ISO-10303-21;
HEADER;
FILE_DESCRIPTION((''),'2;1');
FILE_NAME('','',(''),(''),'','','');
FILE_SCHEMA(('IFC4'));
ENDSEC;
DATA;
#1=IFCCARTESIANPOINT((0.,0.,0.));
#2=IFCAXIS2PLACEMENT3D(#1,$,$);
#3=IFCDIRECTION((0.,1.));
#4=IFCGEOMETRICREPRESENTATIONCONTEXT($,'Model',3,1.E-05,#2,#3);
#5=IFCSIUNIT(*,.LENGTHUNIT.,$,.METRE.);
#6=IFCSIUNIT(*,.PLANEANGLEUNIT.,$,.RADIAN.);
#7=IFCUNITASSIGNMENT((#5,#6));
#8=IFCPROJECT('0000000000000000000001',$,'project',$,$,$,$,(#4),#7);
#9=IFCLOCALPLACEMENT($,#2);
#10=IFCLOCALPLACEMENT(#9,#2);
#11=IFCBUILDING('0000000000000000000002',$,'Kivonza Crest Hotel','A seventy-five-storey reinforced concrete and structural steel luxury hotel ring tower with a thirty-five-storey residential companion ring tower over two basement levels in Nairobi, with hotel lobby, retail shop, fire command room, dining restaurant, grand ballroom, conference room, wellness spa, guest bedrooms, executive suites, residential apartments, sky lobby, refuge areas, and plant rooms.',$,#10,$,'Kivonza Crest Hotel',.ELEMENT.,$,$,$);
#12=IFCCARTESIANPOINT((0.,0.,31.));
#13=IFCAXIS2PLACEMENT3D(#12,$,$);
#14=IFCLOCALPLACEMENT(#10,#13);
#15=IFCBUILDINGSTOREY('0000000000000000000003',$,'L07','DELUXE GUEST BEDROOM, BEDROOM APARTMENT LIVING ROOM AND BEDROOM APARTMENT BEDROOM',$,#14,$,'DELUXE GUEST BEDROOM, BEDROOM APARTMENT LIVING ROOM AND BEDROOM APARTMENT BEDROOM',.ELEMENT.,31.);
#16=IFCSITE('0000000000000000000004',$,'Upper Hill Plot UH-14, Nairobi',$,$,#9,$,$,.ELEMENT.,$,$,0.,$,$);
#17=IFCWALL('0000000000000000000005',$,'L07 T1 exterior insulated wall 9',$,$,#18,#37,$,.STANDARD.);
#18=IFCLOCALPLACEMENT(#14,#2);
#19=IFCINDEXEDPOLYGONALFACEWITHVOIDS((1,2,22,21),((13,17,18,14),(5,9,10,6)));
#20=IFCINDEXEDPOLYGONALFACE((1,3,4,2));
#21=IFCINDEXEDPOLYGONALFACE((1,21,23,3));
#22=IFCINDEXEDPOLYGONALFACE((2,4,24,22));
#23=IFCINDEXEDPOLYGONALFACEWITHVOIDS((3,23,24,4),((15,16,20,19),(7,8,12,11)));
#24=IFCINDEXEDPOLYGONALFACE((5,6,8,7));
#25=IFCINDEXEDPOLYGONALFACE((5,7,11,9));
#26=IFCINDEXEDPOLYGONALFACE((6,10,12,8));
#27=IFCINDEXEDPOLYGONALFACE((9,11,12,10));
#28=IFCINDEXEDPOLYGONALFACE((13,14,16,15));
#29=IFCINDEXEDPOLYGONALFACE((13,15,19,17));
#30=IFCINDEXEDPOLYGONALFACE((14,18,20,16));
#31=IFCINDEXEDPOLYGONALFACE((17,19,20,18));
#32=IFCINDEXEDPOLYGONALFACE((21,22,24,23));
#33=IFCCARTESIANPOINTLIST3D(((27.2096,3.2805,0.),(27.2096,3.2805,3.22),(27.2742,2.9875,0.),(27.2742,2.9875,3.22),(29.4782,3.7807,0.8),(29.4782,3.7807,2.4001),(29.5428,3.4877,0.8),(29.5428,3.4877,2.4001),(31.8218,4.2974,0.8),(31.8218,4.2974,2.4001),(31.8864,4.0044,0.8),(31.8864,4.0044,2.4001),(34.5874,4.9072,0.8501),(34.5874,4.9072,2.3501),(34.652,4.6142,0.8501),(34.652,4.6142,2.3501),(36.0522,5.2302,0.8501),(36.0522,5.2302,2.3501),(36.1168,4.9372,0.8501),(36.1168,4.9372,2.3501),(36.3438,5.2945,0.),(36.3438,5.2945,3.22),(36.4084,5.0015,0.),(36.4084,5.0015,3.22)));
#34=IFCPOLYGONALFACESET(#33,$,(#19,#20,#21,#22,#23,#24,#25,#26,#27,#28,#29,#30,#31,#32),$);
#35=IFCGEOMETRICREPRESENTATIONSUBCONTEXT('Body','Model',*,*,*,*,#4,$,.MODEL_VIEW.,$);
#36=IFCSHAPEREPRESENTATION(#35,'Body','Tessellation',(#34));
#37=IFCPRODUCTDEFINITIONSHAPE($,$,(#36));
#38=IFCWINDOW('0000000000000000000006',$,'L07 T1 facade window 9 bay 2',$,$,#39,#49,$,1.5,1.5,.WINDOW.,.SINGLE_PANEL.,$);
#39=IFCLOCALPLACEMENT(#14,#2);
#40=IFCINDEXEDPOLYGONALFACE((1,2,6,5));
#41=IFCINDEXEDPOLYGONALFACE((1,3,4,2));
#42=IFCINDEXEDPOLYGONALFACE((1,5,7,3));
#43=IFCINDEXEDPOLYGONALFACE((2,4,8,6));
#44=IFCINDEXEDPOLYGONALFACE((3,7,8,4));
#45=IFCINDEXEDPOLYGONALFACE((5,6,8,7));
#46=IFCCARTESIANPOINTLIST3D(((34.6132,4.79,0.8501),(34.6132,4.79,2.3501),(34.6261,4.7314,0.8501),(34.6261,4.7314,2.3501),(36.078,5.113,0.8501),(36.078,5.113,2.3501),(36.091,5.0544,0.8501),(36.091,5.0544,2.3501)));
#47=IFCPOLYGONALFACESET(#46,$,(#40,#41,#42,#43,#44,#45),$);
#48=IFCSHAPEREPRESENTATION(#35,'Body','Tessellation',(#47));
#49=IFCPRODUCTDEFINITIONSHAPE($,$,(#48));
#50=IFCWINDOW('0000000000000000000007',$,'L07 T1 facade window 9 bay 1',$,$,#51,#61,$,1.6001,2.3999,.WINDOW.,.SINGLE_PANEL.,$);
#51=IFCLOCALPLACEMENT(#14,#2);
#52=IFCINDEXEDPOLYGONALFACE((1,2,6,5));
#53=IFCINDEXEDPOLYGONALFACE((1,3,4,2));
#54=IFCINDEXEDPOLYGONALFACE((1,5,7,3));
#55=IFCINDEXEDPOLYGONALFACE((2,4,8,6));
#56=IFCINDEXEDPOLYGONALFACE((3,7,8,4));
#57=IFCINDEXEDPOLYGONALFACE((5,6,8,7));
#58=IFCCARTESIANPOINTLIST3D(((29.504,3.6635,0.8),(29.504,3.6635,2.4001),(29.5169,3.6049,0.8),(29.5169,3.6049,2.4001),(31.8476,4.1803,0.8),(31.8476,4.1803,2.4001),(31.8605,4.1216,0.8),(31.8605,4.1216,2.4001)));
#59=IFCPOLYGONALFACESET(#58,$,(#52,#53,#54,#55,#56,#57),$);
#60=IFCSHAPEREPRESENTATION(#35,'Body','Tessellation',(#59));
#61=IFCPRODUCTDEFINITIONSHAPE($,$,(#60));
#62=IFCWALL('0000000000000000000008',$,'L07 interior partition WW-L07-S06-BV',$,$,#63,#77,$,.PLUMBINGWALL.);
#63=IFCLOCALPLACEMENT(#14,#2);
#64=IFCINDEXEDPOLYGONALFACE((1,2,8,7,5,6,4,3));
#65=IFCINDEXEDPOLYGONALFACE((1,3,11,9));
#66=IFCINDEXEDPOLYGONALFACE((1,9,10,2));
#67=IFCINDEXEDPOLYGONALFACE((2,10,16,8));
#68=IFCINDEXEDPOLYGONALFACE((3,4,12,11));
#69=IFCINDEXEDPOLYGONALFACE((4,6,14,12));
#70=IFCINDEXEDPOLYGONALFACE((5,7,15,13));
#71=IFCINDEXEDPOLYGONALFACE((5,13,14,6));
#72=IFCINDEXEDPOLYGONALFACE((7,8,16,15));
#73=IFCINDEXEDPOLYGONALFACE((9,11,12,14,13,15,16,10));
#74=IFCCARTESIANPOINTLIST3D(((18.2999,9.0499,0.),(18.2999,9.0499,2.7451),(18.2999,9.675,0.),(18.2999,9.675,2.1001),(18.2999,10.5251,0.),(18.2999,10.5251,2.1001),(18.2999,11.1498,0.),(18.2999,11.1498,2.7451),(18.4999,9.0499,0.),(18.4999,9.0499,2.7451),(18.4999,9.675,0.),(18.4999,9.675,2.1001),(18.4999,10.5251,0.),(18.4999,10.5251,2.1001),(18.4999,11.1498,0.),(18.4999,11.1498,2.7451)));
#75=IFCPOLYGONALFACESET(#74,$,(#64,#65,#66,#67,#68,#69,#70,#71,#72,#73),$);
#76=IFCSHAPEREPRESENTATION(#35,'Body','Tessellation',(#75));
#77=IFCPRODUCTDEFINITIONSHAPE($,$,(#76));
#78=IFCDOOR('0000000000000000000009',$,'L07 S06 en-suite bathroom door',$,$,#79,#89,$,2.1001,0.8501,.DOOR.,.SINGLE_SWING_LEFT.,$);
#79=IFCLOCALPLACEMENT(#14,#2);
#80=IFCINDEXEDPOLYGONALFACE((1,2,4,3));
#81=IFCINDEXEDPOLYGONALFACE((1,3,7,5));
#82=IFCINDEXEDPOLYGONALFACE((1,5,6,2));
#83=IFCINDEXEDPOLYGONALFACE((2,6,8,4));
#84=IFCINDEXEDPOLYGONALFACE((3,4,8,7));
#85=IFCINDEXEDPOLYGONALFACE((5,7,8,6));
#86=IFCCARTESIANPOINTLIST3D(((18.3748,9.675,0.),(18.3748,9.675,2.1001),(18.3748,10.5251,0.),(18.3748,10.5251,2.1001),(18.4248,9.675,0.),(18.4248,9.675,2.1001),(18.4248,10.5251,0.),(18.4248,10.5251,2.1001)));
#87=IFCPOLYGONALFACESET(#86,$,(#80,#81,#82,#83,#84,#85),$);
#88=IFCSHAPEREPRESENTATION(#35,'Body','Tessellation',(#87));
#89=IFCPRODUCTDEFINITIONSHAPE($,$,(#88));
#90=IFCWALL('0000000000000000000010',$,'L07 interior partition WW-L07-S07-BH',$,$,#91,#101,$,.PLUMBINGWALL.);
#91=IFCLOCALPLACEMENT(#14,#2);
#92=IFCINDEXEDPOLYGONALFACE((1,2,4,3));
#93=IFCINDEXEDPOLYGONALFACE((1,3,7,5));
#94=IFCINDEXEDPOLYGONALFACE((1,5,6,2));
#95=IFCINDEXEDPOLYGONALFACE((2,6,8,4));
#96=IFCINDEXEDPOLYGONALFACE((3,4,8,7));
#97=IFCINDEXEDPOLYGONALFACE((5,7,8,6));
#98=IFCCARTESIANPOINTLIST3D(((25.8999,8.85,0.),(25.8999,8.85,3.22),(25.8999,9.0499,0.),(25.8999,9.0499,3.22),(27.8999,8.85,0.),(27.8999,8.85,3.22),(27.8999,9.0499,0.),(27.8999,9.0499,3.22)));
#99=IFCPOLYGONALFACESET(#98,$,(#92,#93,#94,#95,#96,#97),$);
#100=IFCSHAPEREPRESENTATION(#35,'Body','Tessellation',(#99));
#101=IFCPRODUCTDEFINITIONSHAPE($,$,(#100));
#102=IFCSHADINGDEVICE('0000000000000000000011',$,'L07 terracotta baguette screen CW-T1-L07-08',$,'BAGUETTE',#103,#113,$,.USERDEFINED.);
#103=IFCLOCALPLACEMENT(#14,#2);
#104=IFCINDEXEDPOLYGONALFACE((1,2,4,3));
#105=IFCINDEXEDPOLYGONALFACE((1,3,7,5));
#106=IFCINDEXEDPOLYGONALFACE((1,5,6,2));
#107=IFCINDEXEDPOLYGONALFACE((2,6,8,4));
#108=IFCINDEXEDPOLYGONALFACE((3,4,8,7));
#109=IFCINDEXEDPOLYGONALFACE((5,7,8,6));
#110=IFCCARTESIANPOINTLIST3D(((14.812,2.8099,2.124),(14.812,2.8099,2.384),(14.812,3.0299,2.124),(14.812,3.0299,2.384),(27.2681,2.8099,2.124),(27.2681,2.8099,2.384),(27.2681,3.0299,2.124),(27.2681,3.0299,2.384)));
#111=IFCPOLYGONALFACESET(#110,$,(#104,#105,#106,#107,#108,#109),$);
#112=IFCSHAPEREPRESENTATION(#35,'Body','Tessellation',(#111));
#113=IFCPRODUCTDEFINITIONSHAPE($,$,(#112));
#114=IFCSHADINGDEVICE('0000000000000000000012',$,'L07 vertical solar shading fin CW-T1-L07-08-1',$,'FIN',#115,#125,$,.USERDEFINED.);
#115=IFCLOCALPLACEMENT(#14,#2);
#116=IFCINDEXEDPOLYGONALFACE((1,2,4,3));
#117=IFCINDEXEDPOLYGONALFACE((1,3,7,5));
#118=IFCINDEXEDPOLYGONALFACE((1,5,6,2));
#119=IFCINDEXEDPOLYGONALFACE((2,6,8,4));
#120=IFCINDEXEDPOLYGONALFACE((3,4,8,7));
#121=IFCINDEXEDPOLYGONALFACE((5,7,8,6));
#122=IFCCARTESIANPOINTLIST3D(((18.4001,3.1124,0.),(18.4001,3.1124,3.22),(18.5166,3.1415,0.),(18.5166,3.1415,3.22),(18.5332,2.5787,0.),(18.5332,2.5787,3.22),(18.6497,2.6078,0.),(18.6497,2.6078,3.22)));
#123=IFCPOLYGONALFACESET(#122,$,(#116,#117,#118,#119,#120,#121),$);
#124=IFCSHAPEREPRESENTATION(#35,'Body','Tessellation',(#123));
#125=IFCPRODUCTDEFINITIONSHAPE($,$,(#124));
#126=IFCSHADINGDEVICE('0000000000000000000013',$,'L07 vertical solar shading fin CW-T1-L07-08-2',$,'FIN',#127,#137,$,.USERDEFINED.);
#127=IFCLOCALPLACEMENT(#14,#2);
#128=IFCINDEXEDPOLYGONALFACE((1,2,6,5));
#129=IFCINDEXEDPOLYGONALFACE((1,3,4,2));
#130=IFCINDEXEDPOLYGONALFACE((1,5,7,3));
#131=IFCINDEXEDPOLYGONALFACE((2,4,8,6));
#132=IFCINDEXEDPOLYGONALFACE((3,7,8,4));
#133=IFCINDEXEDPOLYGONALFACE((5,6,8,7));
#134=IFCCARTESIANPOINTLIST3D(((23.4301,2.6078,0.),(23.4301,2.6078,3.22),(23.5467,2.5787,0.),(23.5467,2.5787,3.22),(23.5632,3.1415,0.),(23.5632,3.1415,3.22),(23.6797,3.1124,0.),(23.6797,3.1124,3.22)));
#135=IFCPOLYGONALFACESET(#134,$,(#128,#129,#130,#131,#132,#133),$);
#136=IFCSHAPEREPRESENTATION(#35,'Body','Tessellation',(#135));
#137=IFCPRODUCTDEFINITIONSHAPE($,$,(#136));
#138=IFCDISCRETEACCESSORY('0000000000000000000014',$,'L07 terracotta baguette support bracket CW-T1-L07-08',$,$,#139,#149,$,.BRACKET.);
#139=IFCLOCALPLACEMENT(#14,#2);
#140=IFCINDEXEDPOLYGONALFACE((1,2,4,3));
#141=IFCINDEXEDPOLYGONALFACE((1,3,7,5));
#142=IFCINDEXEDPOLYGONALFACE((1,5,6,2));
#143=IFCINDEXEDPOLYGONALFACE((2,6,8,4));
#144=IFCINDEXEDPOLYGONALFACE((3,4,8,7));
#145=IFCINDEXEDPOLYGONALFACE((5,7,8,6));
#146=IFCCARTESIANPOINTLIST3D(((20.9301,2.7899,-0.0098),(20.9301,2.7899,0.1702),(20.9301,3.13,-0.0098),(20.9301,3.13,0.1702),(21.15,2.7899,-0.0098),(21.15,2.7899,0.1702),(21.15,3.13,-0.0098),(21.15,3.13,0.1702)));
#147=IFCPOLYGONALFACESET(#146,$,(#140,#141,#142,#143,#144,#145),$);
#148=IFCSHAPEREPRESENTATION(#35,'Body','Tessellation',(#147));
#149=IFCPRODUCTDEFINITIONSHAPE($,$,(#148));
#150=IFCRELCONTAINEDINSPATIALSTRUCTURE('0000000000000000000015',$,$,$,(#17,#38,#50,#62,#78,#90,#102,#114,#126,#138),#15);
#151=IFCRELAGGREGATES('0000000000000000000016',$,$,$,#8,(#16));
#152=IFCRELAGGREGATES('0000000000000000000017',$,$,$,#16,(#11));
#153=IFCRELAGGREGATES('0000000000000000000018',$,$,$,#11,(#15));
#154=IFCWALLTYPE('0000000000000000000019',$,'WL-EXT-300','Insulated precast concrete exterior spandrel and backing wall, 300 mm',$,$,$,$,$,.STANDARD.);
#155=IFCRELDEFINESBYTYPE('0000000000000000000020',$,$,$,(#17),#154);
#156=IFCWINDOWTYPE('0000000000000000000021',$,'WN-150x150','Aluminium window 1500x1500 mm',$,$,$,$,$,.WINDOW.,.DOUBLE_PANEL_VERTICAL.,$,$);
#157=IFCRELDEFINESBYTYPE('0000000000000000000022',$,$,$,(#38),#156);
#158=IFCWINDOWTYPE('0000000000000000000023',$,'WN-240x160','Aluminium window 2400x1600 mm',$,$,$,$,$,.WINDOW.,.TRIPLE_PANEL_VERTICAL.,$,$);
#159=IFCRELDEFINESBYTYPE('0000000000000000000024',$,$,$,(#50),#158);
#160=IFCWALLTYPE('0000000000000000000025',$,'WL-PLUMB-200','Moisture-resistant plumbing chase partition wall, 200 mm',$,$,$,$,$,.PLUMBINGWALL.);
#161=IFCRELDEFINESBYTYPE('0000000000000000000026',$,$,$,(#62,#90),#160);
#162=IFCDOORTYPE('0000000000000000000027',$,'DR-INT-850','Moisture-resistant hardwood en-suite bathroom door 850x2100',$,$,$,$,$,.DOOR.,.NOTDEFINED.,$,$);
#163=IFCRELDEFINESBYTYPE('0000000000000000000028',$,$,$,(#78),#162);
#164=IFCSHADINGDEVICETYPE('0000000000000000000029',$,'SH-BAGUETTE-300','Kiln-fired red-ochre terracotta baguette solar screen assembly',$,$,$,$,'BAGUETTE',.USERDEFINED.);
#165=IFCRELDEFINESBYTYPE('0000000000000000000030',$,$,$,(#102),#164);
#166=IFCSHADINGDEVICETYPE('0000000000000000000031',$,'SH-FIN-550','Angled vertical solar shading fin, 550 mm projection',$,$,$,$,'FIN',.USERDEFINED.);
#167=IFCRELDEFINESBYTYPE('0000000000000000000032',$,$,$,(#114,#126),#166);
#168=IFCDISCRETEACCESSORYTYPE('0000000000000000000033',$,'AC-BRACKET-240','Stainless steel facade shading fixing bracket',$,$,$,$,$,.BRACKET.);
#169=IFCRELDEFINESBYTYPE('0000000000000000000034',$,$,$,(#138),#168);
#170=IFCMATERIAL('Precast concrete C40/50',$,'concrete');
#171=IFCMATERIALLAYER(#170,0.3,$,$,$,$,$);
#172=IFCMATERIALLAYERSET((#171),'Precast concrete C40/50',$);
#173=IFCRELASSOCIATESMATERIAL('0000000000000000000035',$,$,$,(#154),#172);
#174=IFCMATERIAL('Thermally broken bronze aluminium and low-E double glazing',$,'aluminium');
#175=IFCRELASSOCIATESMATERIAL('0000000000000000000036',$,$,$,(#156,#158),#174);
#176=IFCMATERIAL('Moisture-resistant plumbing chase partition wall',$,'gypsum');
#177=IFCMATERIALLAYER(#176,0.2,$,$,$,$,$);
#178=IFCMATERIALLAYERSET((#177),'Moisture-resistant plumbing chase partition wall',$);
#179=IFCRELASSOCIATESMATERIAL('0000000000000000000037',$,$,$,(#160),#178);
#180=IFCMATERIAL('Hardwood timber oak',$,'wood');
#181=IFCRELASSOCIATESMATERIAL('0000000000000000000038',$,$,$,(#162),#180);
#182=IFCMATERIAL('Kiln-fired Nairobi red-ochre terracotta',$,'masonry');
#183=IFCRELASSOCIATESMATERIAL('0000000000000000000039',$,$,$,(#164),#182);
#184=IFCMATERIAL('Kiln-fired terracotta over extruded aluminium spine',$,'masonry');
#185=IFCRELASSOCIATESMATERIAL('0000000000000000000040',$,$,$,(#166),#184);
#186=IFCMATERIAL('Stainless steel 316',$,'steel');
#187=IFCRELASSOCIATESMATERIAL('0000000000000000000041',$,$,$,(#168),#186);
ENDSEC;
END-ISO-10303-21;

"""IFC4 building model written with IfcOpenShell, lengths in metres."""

from ifc_helpers import new_model, si_unit, direction, frame, frame_2d, origin, origin_2d, place, context, subcontext, project, spatial, rectangle, extrude, material, layer, layer_set, type_object, element, fill, save


model = new_model("IFC4")

# Units and contexts
model_context = context("Model", 3, precision=1e-05, world=origin(), true_north=direction((0.0, 1.0)))
body_context = subcontext(model_context, "Body", "Model", "MODEL_VIEW")
ifc_project = project(units=[si_unit("LENGTHUNIT", "METRE"), si_unit("PLANEANGLEUNIT", "RADIAN")], contexts=[model_context])

# Site, building, storey
site_placement = place(None, origin())
site = spatial("IfcSite", under=ifc_project, at=site_placement, Name="Upper Hill Plot UH-14, Nairobi", CompositionType="ELEMENT", RefElevation=0.0)
building_placement = place(site_placement, origin())
building = spatial("IfcBuilding", under=site, at=building_placement, Name="Kivonza Crest Hotel", Description="A seventy-five-storey reinforced concrete and structural steel luxury hotel ring tower with a thirty-five-storey residential companion ring tower over two basement levels in Nairobi, with hotel lobby, retail shop, fire command room, dining restaurant, grand ballroom, conference room, wellness spa, guest bedrooms, executive suites, residential apartments, sky lobby, refuge areas, and plant rooms.", LongName="Kivonza Crest Hotel", CompositionType="ELEMENT")
storey_placement = place(building_placement, frame((0.0, 0.0, 31.0)))
storey = spatial("IfcBuildingStorey", under=building, at=storey_placement, Name="L07", Description="DELUXE GUEST BEDROOM, BEDROOM APARTMENT LIVING ROOM AND BEDROOM APARTMENT BEDROOM", LongName="DELUXE GUEST BEDROOM, BEDROOM APARTMENT LIVING ROOM AND BEDROOM APARTMENT BEDROOM", CompositionType="ELEMENT", Elevation=31.0)

# Wall, openings, windows
ifc_material_1 = material(Name="Precast concrete C40/50", Category="concrete")
ifc_layer_1 = layer(ifc_material_1, 0.3)
ifc_layer_set_1 = layer_set([ifc_layer_1], Name="Precast concrete C40/50")
wall_type_1 = type_object("IfcWallType", Name="WL-EXT-300", Description="Insulated precast concrete exterior spandrel and backing wall, 300 mm", PredefinedType="STANDARD", material=ifc_layer_set_1)
wall_1_placement = place(storey_placement, frame((27.2419, 3.134, 0.0), z_axis=(0.0, 0.0, 1.0), x_axis=(0.976545, 0.215313, 0.0)))
wall_1 = element("IfcWall", 1, at=wall_1_placement, inside=storey, type_object=wall_type_1, Name="L07 T1 exterior insulated wall 9", PredefinedType="STANDARD", context=body_context, shape_type="SweptSolid", body=[
    extrude(rectangle(XDim=9.3535, YDim=0.3, at=frame_2d((4.6768, 0.0))), origin(), (0.0, 0.0, 1.0), 3.22),
])
opening_1_placement = place(wall_1_placement, frame((2.323, 0.0, 0.8)))
opening_1 = element("IfcOpeningElement", 2, at=opening_1_placement, cuts=wall_1, PredefinedType="OPENING", context=body_context, shape_type="SweptSolid", body=[
    extrude(rectangle(XDim=2.3999, YDim=1.6001, at=frame_2d((1.2, 0.8))), frame((0.0, 0.1602, 0.0), z_axis=(0.0, -1.0, 0.0), x_axis=(1.0, 0.0, 0.0)), (0.0, 0.0, 1.0), 0.3201),
])
opening_2_placement = place(wall_1_placement, frame((7.5549, 0.0, 0.8501)))
opening_2 = element("IfcOpeningElement", 3, at=opening_2_placement, cuts=wall_1, PredefinedType="OPENING", context=body_context, shape_type="SweptSolid", body=[
    extrude(rectangle(XDim=1.5, YDim=1.5, at=frame_2d((0.75, 0.75))), frame((0.0, 0.1602, 0.0), z_axis=(0.0, -1.0, 0.0), x_axis=(1.0, 0.0, 0.0)), (0.0, 0.0, 1.0), 0.3201),
])
ifc_material_2 = material(Name="Thermally broken bronze aluminium and low-E double glazing", Category="aluminium")
window_type_1 = type_object("IfcWindowType", Name="WN-150x150", Description="Aluminium window 1500x1500 mm", PartitioningType="DOUBLE_PANEL_VERTICAL", PredefinedType="WINDOW", material=ifc_material_2)
window_1_placement = place(opening_2_placement, origin())
window_1 = element("IfcWindow", 4, at=window_1_placement, inside=storey, type_object=window_type_1, Name="L07 T1 facade window 9 bay 2", OverallHeight=1.5, OverallWidth=1.5, PartitioningType="SINGLE_PANEL", PredefinedType="WINDOW", context=body_context, shape_type="SweptSolid", body=[
    extrude(rectangle(XDim=1.5, YDim=1.5, at=frame_2d((0.75, 0.75))), frame((0.0, 0.03, 0.0), z_axis=(0.0, -1.0, 0.0), x_axis=(1.0, 0.0, 0.0)), (0.0, 0.0, 1.0), 0.0601),
])
fill(opening_2, window_1)
window_type_2 = type_object("IfcWindowType", Name="WN-240x160", Description="Aluminium window 2400x1600 mm", PartitioningType="TRIPLE_PANEL_VERTICAL", PredefinedType="WINDOW", material=ifc_material_2)
window_2_placement = place(opening_1_placement, origin())
window_2 = element("IfcWindow", 5, at=window_2_placement, inside=storey, type_object=window_type_2, Name="L07 T1 facade window 9 bay 1", OverallHeight=1.6001, OverallWidth=2.3999, PartitioningType="SINGLE_PANEL", PredefinedType="WINDOW", context=body_context, shape_type="SweptSolid", body=[
    extrude(rectangle(XDim=2.3999, YDim=1.6001, at=frame_2d((1.2, 0.8))), frame((0.0, 0.03, 0.0), z_axis=(0.0, -1.0, 0.0), x_axis=(1.0, 0.0, 0.0)), (0.0, 0.0, 1.0), 0.0601),
])
fill(opening_1, window_2)

# Wall, opening, door
ifc_material_3 = material(Name="Moisture-resistant plumbing chase partition wall", Category="gypsum")
ifc_layer_2 = layer(ifc_material_3, 0.2)
ifc_layer_set_2 = layer_set([ifc_layer_2], Name="Moisture-resistant plumbing chase partition wall")
wall_type_2 = type_object("IfcWallType", Name="WL-PLUMB-200", Description="Moisture-resistant plumbing chase partition wall, 200 mm", PredefinedType="PLUMBINGWALL", material=ifc_layer_set_2)
wall_2_placement = place(storey_placement, frame((18.3999, 9.05, 0.0), z_axis=(0.0, 0.0, 1.0), x_axis=(0.0, 1.0, 0.0)))
wall_2 = element("IfcWall", 6, at=wall_2_placement, inside=storey, type_object=wall_type_2, Name="L07 interior partition WW-L07-S06-BV", PredefinedType="PLUMBINGWALL", context=body_context, shape_type="SweptSolid", body=[
    extrude(rectangle(XDim=2.0999, YDim=0.2, at=frame_2d((1.0498, 0.0))), origin(), (0.0, 0.0, 1.0), 2.7451),
])
opening_3_placement = place(wall_2_placement, frame((0.625, 0.0, 0.0)))
opening_3 = element("IfcOpeningElement", 7, at=opening_3_placement, cuts=wall_2, PredefinedType="OPENING", context=body_context, shape_type="SweptSolid", body=[
    extrude(rectangle(XDim=0.8501, YDim=2.1001, at=frame_2d((0.425, 1.05))), frame((0.0, 0.1099, 0.0), z_axis=(0.0, -1.0, 0.0), x_axis=(1.0, 0.0, 0.0)), (0.0, 0.0, 1.0), 0.22),
])
ifc_material_4 = material(Name="Hardwood timber oak", Category="wood")
door_type = type_object("IfcDoorType", Name="DR-INT-850", Description="Moisture-resistant hardwood en-suite bathroom door 850x2100", OperationType="NOTDEFINED", PredefinedType="DOOR", material=ifc_material_4)
door_placement = place(opening_3_placement, frame((0.8501, 0.0, 0.0), z_axis=(0.0, 0.0, 1.0), x_axis=(-1.0, 0.0, 0.0)))
door = element("IfcDoor", 8, at=door_placement, inside=storey, type_object=door_type, Name="L07 S06 en-suite bathroom door", OperationType="SINGLE_SWING_LEFT", OverallHeight=2.1001, OverallWidth=0.8501, PredefinedType="DOOR", context=body_context, shape_type="SweptSolid", body=[
    extrude(rectangle(XDim=0.8501, YDim=2.1001, at=frame_2d((0.425, 1.05))), frame((0.0, 0.0249, 0.0), z_axis=(0.0, -1.0, 0.0), x_axis=(1.0, 0.0, 0.0)), (0.0, 0.0, 1.0), 0.05),
])
fill(opening_3, door)

# Wall
wall_3_placement = place(storey_placement, frame((25.8999, 8.95, 0.0), z_axis=(0.0, 0.0, 1.0), x_axis=(1.0, 0.0, 0.0)))
element("IfcWall", 9, at=wall_3_placement, inside=storey, type_object=wall_type_2, Name="L07 interior partition WW-L07-S07-BH", PredefinedType="PLUMBINGWALL", context=body_context, shape_type="SweptSolid", body=[
    extrude(rectangle(XDim=2.0, YDim=0.2, at=frame_2d((1.0, 0.0))), origin(), (0.0, 0.0, 1.0), 3.22),
])

# Shading devices
ifc_material_5 = material(Name="Kiln-fired Nairobi red-ochre terracotta", Category="masonry")
shading_device_type_1 = type_object("IfcShadingDeviceType", Name="SH-BAGUETTE-300", Description="Kiln-fired red-ochre terracotta baguette solar screen assembly", ElementType="BAGUETTE", PredefinedType="USERDEFINED", material=ifc_material_5)
shading_device_placement = place(storey_placement, frame((21.04, 2.9199, 2.124), z_axis=(0.0, 0.0, 1.0), x_axis=(1.0, 0.0, 0.0)))
element("IfcShadingDevice", 10, at=shading_device_placement, inside=storey, type_object=shading_device_type_1, Name="L07 terracotta baguette screen CW-T1-L07-08", ObjectType="BAGUETTE", PredefinedType="USERDEFINED", context=body_context, shape_type="SweptSolid", body=[
    extrude(rectangle(XDim=12.4561, YDim=0.22, at=origin_2d()), origin(), (0.0, 0.0, 1.0), 0.26),
])
ifc_material_6 = material(Name="Kiln-fired terracotta over extruded aluminium spine", Category="masonry")
shading_device_type_2 = type_object("IfcShadingDeviceType", Name="SH-FIN-550", Description="Angled vertical solar shading fin, 550 mm projection", ElementType="FIN", PredefinedType="USERDEFINED", material=ifc_material_6)
for number, where, z_axis, x_axis, name in (
    (11, (18.5249, 2.8601, 0.0), (0.0, 0.0, 1.0), (0.970296, 0.241922, 0.0), "L07 vertical solar shading fin CW-T1-L07-08-1"),
    (12, (23.5549, 2.8601, 0.0), (0.0, 0.0, 1.0), (0.970296, -0.241922, 0.0), "L07 vertical solar shading fin CW-T1-L07-08-2"),
):
    element("IfcShadingDevice", number, at=place(storey_placement, frame(where, z_axis=z_axis, x_axis=x_axis)), inside=storey, type_object=shading_device_type_2, Name=name, ObjectType="FIN", PredefinedType="USERDEFINED", context=body_context, shape_type="SweptSolid", body=[
        extrude(rectangle(XDim=0.1201, YDim=0.55, at=origin_2d()), origin(), (0.0, 0.0, 1.0), 3.22),
    ])

# Discrete accessory
ifc_material_7 = material(Name="Stainless steel 316", Category="steel")
discrete_accessory_type = type_object("IfcDiscreteAccessoryType", Name="AC-BRACKET-240", Description="Stainless steel facade shading fixing bracket", PredefinedType="BRACKET", material=ifc_material_7)
discrete_accessory_placement = place(storey_placement, frame((21.04, 2.96, -0.0098), z_axis=(0.0, 0.0, 1.0), x_axis=(1.0, 0.0, 0.0)))
element("IfcDiscreteAccessory", 13, at=discrete_accessory_placement, inside=storey, type_object=discrete_accessory_type, Name="L07 terracotta baguette support bracket CW-T1-L07-08", PredefinedType="BRACKET", context=body_context, shape_type="SweptSolid", body=[
    extrude(rectangle(XDim=0.22, YDim=0.3401, at=origin_2d()), origin(), (0.0, 0.0, 1.0), 0.1799),
])

save(model, "model.ifc")
